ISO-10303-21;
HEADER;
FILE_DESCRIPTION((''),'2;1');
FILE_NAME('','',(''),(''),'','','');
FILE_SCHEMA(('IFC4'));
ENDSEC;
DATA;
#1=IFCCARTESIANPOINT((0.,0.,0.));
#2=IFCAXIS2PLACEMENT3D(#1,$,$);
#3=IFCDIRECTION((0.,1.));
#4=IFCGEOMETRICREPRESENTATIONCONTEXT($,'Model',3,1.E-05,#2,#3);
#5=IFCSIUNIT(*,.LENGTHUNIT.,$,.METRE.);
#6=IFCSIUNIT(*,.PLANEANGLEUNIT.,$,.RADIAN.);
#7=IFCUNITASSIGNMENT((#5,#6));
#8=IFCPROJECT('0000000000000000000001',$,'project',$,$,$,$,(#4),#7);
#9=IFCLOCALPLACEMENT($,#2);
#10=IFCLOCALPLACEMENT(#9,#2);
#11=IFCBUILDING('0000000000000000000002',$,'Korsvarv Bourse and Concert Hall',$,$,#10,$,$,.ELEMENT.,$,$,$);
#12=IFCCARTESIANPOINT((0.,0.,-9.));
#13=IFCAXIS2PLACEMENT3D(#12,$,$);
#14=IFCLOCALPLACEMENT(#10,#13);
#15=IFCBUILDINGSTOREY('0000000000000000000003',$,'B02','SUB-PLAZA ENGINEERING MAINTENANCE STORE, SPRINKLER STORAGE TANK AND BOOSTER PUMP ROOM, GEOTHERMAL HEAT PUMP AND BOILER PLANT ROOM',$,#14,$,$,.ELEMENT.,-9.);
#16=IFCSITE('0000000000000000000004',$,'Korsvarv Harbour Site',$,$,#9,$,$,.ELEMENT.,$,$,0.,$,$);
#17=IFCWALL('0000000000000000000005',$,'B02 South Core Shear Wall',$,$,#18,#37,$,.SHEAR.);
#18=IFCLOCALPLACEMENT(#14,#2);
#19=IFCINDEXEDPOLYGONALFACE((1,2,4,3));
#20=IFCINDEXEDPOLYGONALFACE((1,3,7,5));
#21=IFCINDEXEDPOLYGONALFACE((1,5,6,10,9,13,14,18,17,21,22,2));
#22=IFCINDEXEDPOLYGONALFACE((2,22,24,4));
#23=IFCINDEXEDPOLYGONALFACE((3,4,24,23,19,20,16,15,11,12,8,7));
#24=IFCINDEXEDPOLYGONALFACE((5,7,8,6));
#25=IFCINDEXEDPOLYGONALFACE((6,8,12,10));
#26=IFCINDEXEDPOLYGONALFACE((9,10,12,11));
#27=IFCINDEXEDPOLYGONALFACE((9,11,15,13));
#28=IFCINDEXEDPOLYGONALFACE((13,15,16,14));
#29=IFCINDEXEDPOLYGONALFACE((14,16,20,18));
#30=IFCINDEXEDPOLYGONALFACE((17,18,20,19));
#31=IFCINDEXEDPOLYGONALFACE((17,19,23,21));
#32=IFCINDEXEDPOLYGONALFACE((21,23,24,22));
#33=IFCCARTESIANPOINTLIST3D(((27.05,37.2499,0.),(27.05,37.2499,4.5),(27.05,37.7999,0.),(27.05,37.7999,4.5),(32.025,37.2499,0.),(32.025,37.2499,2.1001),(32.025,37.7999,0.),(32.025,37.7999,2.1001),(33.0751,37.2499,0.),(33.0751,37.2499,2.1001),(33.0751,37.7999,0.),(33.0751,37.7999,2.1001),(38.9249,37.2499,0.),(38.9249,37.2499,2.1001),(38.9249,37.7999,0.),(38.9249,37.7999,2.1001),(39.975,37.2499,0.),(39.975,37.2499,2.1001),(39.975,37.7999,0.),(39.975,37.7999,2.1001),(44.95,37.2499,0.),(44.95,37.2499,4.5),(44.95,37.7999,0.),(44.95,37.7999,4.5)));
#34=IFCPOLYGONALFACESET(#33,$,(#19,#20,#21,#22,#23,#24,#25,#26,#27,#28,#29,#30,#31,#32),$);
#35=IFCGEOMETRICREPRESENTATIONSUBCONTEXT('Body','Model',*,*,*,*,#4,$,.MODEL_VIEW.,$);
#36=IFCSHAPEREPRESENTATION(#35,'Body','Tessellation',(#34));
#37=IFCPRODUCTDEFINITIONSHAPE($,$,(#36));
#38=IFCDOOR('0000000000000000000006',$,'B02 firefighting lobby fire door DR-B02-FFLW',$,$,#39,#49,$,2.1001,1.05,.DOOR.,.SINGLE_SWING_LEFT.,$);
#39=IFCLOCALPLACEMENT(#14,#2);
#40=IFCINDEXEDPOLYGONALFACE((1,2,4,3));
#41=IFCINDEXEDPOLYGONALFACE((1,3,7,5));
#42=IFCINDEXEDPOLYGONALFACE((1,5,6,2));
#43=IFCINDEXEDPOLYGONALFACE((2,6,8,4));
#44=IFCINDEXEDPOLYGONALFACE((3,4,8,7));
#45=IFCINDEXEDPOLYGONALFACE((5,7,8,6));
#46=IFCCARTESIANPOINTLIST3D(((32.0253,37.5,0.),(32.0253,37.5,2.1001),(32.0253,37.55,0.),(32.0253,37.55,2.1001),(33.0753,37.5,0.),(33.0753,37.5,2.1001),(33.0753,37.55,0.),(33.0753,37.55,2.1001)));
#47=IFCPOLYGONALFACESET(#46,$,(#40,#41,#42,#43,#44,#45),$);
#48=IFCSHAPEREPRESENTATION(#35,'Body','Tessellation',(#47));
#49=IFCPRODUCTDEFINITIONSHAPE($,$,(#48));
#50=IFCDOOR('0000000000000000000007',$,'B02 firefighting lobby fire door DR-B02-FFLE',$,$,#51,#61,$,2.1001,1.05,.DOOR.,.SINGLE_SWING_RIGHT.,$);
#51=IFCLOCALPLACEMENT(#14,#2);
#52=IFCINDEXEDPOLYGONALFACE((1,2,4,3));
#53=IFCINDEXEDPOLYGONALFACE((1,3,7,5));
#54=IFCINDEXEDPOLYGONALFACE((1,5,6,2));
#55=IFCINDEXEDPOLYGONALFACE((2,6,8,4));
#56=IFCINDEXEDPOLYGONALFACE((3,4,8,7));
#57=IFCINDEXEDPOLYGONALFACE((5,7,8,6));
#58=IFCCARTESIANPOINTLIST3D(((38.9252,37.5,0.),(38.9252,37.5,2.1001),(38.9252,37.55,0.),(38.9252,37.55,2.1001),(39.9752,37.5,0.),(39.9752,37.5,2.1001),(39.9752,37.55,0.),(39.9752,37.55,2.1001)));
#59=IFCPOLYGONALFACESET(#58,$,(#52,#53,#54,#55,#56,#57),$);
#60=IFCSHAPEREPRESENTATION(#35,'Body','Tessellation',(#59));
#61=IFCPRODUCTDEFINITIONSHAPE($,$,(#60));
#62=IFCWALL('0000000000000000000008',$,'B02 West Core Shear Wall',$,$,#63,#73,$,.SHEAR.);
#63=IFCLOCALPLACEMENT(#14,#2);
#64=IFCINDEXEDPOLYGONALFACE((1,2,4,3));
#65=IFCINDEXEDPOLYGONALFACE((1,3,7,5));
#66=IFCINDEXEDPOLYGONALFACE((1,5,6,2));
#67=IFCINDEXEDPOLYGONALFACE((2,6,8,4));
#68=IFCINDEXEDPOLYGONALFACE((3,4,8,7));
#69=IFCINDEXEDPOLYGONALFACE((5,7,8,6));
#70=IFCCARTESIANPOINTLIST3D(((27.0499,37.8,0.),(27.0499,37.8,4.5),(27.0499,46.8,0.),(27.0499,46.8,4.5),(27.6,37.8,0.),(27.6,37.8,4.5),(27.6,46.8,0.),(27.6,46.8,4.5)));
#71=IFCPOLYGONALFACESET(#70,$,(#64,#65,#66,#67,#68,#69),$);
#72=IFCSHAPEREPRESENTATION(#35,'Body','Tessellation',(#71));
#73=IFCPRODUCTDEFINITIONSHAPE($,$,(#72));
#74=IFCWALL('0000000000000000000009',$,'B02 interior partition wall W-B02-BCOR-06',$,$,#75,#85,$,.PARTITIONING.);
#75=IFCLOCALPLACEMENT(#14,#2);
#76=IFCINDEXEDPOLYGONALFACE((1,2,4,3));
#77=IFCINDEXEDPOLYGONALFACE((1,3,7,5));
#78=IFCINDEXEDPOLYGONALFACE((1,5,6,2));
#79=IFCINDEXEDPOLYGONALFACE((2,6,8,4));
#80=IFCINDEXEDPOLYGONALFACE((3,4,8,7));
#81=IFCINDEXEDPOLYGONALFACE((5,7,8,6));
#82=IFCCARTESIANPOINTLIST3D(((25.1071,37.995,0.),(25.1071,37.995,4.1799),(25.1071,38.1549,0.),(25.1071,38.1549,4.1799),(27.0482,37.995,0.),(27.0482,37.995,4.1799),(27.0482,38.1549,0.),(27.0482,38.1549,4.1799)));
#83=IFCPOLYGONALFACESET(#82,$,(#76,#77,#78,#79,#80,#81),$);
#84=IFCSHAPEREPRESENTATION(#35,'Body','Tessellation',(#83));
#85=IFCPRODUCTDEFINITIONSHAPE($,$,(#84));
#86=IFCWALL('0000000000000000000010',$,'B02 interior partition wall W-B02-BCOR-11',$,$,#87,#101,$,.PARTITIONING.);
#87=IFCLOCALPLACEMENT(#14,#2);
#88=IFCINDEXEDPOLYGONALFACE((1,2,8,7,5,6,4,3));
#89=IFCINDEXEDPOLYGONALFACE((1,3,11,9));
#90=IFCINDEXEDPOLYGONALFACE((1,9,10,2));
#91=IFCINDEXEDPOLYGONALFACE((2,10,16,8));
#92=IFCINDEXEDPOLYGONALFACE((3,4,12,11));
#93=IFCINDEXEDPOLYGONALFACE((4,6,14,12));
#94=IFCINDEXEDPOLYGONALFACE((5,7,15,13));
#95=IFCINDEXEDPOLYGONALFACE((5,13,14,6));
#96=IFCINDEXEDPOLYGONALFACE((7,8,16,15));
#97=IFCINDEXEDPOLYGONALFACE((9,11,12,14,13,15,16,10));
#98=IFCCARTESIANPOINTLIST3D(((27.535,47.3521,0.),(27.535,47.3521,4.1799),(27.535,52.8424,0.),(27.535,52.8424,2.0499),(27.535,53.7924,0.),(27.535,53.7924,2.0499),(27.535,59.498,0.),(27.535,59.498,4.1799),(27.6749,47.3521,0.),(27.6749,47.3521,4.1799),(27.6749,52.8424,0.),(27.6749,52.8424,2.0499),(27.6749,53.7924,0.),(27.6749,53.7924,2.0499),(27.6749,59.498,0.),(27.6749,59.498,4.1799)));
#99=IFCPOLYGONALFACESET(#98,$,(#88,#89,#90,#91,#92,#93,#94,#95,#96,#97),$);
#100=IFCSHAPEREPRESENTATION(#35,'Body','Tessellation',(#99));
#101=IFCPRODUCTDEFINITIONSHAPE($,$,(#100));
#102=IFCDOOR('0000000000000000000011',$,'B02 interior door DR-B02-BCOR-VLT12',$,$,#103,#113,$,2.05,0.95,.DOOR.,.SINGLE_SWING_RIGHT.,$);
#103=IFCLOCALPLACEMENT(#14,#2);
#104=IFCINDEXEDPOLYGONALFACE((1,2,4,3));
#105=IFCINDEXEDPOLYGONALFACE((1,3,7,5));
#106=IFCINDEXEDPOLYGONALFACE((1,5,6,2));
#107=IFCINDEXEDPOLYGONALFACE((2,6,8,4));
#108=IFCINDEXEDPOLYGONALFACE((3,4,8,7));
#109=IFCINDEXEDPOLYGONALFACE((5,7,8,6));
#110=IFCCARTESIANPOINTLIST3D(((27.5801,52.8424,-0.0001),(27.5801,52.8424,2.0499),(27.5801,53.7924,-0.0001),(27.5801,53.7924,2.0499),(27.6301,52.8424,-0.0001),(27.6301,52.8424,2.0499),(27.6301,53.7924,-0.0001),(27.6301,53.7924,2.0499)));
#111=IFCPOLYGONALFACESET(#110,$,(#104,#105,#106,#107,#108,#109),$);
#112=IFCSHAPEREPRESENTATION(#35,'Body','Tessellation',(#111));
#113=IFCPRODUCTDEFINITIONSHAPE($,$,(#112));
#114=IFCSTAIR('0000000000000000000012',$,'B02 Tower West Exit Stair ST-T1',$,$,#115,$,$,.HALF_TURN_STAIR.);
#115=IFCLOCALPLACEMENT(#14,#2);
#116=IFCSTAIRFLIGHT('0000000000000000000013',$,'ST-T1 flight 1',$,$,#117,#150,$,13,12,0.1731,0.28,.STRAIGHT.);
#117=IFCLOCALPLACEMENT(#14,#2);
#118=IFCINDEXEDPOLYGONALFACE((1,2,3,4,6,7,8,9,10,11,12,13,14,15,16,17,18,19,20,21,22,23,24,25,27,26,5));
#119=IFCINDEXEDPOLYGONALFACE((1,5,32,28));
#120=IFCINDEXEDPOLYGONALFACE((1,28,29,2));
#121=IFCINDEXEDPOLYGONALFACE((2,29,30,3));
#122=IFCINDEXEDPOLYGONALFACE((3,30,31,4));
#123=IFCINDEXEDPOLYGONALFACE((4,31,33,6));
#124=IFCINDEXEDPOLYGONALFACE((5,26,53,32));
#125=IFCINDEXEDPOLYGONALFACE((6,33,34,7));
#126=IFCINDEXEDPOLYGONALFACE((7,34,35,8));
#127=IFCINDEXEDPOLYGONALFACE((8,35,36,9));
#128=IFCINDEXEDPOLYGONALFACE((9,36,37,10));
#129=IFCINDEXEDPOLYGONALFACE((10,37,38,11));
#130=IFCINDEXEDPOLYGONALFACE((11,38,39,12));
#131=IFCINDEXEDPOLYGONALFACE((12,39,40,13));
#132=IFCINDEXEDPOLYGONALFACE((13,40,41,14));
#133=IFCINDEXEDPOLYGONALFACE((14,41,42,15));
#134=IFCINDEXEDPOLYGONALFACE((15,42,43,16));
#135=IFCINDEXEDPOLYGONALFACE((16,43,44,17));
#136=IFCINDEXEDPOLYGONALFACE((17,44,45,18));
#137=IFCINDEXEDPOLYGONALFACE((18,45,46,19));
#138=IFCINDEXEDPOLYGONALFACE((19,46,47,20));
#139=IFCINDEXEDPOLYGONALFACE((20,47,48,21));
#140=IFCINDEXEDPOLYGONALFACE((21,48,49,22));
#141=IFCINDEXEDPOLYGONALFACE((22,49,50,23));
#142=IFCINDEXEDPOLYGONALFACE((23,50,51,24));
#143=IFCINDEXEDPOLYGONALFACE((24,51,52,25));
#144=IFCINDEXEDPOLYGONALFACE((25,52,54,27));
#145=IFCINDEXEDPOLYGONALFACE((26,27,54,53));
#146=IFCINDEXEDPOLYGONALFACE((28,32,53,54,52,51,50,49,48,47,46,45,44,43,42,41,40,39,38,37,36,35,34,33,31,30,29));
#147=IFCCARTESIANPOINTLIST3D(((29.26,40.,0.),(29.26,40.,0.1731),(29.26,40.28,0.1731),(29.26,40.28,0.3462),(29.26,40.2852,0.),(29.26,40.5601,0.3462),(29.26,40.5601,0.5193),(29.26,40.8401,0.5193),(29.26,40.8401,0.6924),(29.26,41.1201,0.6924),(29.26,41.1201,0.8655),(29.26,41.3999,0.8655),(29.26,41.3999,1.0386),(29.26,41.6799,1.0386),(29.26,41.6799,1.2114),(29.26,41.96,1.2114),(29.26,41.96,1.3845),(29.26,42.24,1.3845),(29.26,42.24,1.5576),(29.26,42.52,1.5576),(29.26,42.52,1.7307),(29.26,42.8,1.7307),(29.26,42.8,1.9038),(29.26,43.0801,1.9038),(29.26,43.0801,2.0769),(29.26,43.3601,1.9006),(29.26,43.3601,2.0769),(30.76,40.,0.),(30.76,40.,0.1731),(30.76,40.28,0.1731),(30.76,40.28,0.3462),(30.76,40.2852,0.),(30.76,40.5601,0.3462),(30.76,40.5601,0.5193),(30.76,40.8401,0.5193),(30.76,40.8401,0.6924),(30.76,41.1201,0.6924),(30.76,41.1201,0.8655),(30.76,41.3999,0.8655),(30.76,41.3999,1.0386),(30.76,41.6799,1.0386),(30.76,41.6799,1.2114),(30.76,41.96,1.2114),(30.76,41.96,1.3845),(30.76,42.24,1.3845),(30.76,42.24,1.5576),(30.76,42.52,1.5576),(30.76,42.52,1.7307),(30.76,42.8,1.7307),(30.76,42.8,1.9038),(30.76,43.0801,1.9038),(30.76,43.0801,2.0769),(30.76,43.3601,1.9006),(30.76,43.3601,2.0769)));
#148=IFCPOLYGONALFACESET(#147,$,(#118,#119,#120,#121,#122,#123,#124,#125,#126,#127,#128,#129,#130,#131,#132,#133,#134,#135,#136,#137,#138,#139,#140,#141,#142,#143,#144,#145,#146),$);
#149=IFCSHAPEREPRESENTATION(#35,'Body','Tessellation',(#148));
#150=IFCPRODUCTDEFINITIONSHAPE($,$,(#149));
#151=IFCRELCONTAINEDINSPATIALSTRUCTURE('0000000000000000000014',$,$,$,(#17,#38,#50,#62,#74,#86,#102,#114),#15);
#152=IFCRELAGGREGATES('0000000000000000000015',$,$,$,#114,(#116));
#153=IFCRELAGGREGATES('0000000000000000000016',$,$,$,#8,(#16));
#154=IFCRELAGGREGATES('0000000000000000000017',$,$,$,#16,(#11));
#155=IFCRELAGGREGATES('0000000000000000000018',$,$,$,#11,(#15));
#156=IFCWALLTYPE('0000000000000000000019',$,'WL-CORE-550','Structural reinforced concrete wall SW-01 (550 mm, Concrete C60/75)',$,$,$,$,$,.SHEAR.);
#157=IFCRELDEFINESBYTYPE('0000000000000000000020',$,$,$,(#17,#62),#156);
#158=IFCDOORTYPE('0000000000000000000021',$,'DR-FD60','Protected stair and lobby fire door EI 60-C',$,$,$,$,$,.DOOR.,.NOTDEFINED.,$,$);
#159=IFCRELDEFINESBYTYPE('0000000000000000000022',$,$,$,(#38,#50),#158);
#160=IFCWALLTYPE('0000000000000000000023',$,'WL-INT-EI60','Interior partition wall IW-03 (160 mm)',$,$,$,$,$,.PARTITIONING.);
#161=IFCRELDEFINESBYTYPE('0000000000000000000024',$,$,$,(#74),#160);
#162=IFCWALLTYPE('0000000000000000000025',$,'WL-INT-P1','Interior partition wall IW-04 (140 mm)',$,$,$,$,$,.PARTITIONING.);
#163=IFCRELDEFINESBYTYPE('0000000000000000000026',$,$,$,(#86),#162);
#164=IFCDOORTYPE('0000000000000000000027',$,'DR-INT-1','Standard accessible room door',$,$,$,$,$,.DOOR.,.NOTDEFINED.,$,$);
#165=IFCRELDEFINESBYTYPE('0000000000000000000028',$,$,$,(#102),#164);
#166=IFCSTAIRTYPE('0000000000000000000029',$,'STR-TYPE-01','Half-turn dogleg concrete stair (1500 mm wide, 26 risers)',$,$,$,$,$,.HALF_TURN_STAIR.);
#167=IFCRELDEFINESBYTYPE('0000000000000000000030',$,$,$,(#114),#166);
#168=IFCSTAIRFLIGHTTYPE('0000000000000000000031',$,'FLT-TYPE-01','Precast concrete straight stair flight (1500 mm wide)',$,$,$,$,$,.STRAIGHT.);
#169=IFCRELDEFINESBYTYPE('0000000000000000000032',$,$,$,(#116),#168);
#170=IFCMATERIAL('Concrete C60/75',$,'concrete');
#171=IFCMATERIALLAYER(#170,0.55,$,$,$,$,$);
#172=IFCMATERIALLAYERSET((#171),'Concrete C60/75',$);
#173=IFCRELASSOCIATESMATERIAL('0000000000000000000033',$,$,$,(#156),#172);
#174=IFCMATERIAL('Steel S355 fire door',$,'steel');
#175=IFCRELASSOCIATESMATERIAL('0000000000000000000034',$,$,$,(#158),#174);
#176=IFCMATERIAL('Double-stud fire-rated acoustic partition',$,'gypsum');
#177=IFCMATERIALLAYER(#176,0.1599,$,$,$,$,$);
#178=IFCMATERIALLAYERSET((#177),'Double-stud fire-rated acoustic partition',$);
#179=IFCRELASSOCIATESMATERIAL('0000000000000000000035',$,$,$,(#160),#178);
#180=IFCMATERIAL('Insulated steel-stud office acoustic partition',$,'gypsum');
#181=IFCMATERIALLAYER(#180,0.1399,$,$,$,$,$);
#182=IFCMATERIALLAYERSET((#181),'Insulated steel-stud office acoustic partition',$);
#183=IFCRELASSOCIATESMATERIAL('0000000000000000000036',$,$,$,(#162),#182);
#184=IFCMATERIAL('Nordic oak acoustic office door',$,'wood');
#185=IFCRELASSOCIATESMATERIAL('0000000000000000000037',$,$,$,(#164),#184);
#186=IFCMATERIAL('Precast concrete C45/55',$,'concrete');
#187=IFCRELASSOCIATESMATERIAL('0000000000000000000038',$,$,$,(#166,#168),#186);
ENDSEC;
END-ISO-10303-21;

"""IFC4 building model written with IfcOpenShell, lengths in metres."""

from ifc_helpers import new_model, si_unit, direction, frame, frame_2d, origin, place, context, subcontext, project, spatial, polyline, rectangle, outline, extrude, material, layer, layer_set, type_object, element, fill, aggregate, save


model = new_model("IFC4")

# Units and contexts
model_context = context("Model", 3, precision=1e-05, world=origin(), true_north=direction((0.0, 1.0)))
body_context = subcontext(model_context, "Body", "Model", "MODEL_VIEW")
ifc_project = project(units=[si_unit("LENGTHUNIT", "METRE"), si_unit("PLANEANGLEUNIT", "RADIAN")], contexts=[model_context])

# Site, building, storey
site_placement = place(None, origin())
site = spatial("IfcSite", under=ifc_project, at=site_placement, Name="Korsvarv Harbour Site", CompositionType="ELEMENT", RefElevation=0.0)
building_placement = place(site_placement, origin())
building = spatial("IfcBuilding", under=site, at=building_placement, Name="Korsvarv Bourse and Concert Hall", CompositionType="ELEMENT")
storey_placement = place(building_placement, frame((0.0, 0.0, -9.0)))
storey = spatial("IfcBuildingStorey", under=building, at=storey_placement, Name="B02", Description="SUB-PLAZA ENGINEERING MAINTENANCE STORE, SPRINKLER STORAGE TANK AND BOOSTER PUMP ROOM, GEOTHERMAL HEAT PUMP AND BOILER PLANT ROOM", CompositionType="ELEMENT", Elevation=-9.0)

# Shared definitions
ifc_material_1 = material(Name="Concrete C60/75", Category="concrete")

# Shared definitions
ifc_layer_1 = layer(ifc_material_1, 0.55)
ifc_layer_set_1 = layer_set([ifc_layer_1], Name="Concrete C60/75")
wall_type_1 = type_object("IfcWallType", Name="WL-CORE-550", Description="Structural reinforced concrete wall SW-01 (550 mm, Concrete C60/75)", PredefinedType="SHEAR", material=ifc_layer_set_1)

# Wall, openings, doors
wall_1_placement = place(storey_placement, frame((27.05, 37.5249, 0.0), z_axis=(0.0, 0.0, 1.0), x_axis=(1.0, 0.0, 0.0)))
wall_1 = element("IfcWall", 1, at=wall_1_placement, inside=storey, type_object=wall_type_1, Name="B02 South Core Shear Wall", PredefinedType="SHEAR", context=body_context, shape_type="SweptSolid", body=[
    extrude(rectangle(XDim=17.8999, YDim=0.55, at=frame_2d((8.95, 0.0))), origin(), (0.0, 0.0, 1.0), 4.5),
])
opening_1_placement = place(wall_1_placement, frame((4.9751, 0.0, 0.0)))
opening_1 = element("IfcOpeningElement", 2, at=opening_1_placement, cuts=wall_1, PredefinedType="OPENING", context=body_context, shape_type="SweptSolid", body=[
    extrude(rectangle(XDim=1.05, YDim=2.1001, at=frame_2d((0.5249, 1.05))), frame((0.0, 0.2852, 0.0), z_axis=(0.0, -1.0, 0.0), x_axis=(1.0, 0.0, 0.0)), (0.0, 0.0, 1.0), 0.5701),
])
opening_2_placement = place(wall_1_placement, frame((11.875, 0.0, 0.0)))
opening_2 = element("IfcOpeningElement", 3, at=opening_2_placement, cuts=wall_1, PredefinedType="OPENING", context=body_context, shape_type="SweptSolid", body=[
    extrude(rectangle(XDim=1.05, YDim=2.1001, at=frame_2d((0.5249, 1.05))), frame((0.0, 0.2852, 0.0), z_axis=(0.0, -1.0, 0.0), x_axis=(1.0, 0.0, 0.0)), (0.0, 0.0, 1.0), 0.5701),
])
ifc_material_2 = material(Name="Steel S355 fire door", Category="steel")
door_type_1 = type_object("IfcDoorType", Name="DR-FD60", Description="Protected stair and lobby fire door EI 60-C", OperationType="NOTDEFINED", PredefinedType="DOOR", material=ifc_material_2)
door_1_placement = place(opening_1_placement, frame((1.05, 0.0, 0.0), z_axis=(0.0, 0.0, 1.0), x_axis=(-1.0, 0.0, 0.0)))
door_1 = element("IfcDoor", 4, at=door_1_placement, inside=storey, type_object=door_type_1, Name="B02 firefighting lobby fire door DR-B02-FFLW", OperationType="SINGLE_SWING_LEFT", OverallHeight=2.1001, OverallWidth=1.05, PredefinedType="DOOR", context=body_context, shape_type="SweptSolid", body=[
    extrude(rectangle(XDim=1.05, YDim=2.1001, at=frame_2d((0.5249, 1.05))), frame((0.0, 0.0249, 0.0), z_axis=(0.0, -1.0, 0.0), x_axis=(1.0, 0.0, 0.0)), (0.0, 0.0, 1.0), 0.05),
])
fill(opening_1, door_1)
door_2_placement = place(opening_2_placement, frame((1.05, 0.0, 0.0), z_axis=(0.0, 0.0, 1.0), x_axis=(-1.0, 0.0, 0.0)))
door_2 = element("IfcDoor", 5, at=door_2_placement, inside=storey, type_object=door_type_1, Name="B02 firefighting lobby fire door DR-B02-FFLE", OperationType="SINGLE_SWING_RIGHT", OverallHeight=2.1001, OverallWidth=1.05, PredefinedType="DOOR", context=body_context, shape_type="SweptSolid", body=[
    extrude(rectangle(XDim=1.05, YDim=2.1001, at=frame_2d((0.5249, 1.05))), frame((0.0, 0.0249, 0.0), z_axis=(0.0, -1.0, 0.0), x_axis=(1.0, 0.0, 0.0)), (0.0, 0.0, 1.0), 0.05),
])
fill(opening_2, door_2)

# Walls
wall_2_placement = place(storey_placement, frame((27.325, 37.8, 0.0), z_axis=(0.0, 0.0, 1.0), x_axis=(0.0, 1.0, 0.0)))
element("IfcWall", 6, at=wall_2_placement, inside=storey, type_object=wall_type_1, Name="B02 West Core Shear Wall", PredefinedType="SHEAR", context=body_context, shape_type="SweptSolid", body=[
    extrude(rectangle(XDim=9.0, YDim=0.55, at=frame_2d((4.5, 0.0))), origin(), (0.0, 0.0, 1.0), 4.5),
])
ifc_material_3 = material(Name="Double-stud fire-rated acoustic partition", Category="gypsum")
ifc_layer_2 = layer(ifc_material_3, 0.1599)
ifc_layer_set_2 = layer_set([ifc_layer_2], Name="Double-stud fire-rated acoustic partition")
wall_type_2 = type_object("IfcWallType", Name="WL-INT-EI60", Description="Interior partition wall IW-03 (160 mm)", PredefinedType="PARTITIONING", material=ifc_layer_set_2)
wall_3_placement = place(storey_placement, frame((25.1069, 38.075, 0.0), z_axis=(0.0, 0.0, 1.0), x_axis=(1.0, 0.0, 0.0)))
element("IfcWall", 7, at=wall_3_placement, inside=storey, type_object=wall_type_2, Name="B02 interior partition wall W-B02-BCOR-06", PredefinedType="PARTITIONING", context=body_context, shape_type="SweptSolid", body=[
    extrude(rectangle(XDim=1.9412, YDim=0.1599, at=frame_2d((0.9707, 0.0))), origin(), (0.0, 0.0, 1.0), 4.1799),
])

# Wall, opening, door
ifc_material_4 = material(Name="Insulated steel-stud office acoustic partition", Category="gypsum")
ifc_layer_3 = layer(ifc_material_4, 0.1399)
ifc_layer_set_3 = layer_set([ifc_layer_3], Name="Insulated steel-stud office acoustic partition")
wall_type_3 = type_object("IfcWallType", Name="WL-INT-P1", Description="Interior partition wall IW-04 (140 mm)", PredefinedType="PARTITIONING", material=ifc_layer_set_3)
wall_4_placement = place(storey_placement, frame((27.605, 47.3521, 0.0), z_axis=(0.0, 0.0, 1.0), x_axis=(0.0, 1.0, 0.0)))
wall_4 = element("IfcWall", 8, at=wall_4_placement, inside=storey, type_object=wall_type_3, Name="B02 interior partition wall W-B02-BCOR-11", PredefinedType="PARTITIONING", context=body_context, shape_type="SweptSolid", body=[
    extrude(rectangle(XDim=12.146, YDim=0.1399, at=frame_2d((6.073, 0.0))), origin(), (0.0, 0.0, 1.0), 4.1799),
])
opening_3_placement = place(wall_4_placement, frame((5.4902, 0.0, 0.0)))
opening_3 = element("IfcOpeningElement", 9, at=opening_3_placement, cuts=wall_4, PredefinedType="OPENING", context=body_context, shape_type="SweptSolid", body=[
    extrude(rectangle(XDim=0.95, YDim=2.05, at=frame_2d((0.4751, 1.0249))), frame((0.0, 0.0801, 0.0), z_axis=(0.0, -1.0, 0.0), x_axis=(1.0, 0.0, 0.0)), (0.0, 0.0, 1.0), 0.1599),
])
ifc_material_5 = material(Name="Nordic oak acoustic office door", Category="wood")
door_type_2 = type_object("IfcDoorType", Name="DR-INT-1", Description="Standard accessible room door", OperationType="NOTDEFINED", PredefinedType="DOOR", material=ifc_material_5)
door_3_placement = place(opening_3_placement, origin())
door_3 = element("IfcDoor", 10, at=door_3_placement, inside=storey, type_object=door_type_2, Name="B02 interior door DR-B02-BCOR-VLT12", OperationType="SINGLE_SWING_RIGHT", OverallHeight=2.05, OverallWidth=0.95, PredefinedType="DOOR", context=body_context, shape_type="SweptSolid", body=[
    extrude(rectangle(XDim=0.95, YDim=2.05, at=frame_2d((0.4751, 1.0249))), frame((0.0, 0.0249, 0.0), z_axis=(0.0, -1.0, 0.0), x_axis=(1.0, 0.0, 0.0)), (0.0, 0.0, 1.0), 0.05),
])
fill(opening_3, door_3)

# Stair, stair flight
ifc_material_6 = material(Name="Precast concrete C45/55", Category="concrete")
stair_type = type_object("IfcStairType", Name="STR-TYPE-01", Description="Half-turn dogleg concrete stair (1500 mm wide, 26 risers)", PredefinedType="HALF_TURN_STAIR", material=ifc_material_6)
stair_placement = place(storey_placement, origin())
stair = element("IfcStair", 11, at=stair_placement, inside=storey, type_object=stair_type, Name="B02 Tower West Exit Stair ST-T1", PredefinedType="HALF_TURN_STAIR")
stair_flight_type = type_object("IfcStairFlightType", Name="FLT-TYPE-01", Description="Precast concrete straight stair flight (1500 mm wide)", PredefinedType="STRAIGHT", material=ifc_material_6)
stair_flight_1_placement = place(storey_placement, frame((30.01, 40.0, 0.0), z_axis=(0.0, 0.0, 1.0), x_axis=(0.0, 1.0, 0.0)))
stair_flight_1 = element("IfcStairFlight", 12, at=stair_flight_1_placement, type_object=stair_flight_type, Name="ST-T1 flight 1", NumberOfRisers=13, NumberOfTreads=12, PredefinedType="STRAIGHT", RiserHeight=0.1731, TreadLength=0.28, context=body_context, shape_type="SweptSolid", body=[
    extrude(outline(polyline([(0.0, 0.0), (0.0, 0.1731), (0.28, 0.1731), (0.28, 0.3462), (0.5601, 0.3462), (0.5601, 0.5193), (0.8401, 0.5193), (0.8401, 0.6924), (1.1201, 0.6924), (1.1201, 0.8655), (1.3999, 0.8655), (1.3999, 1.0386), (1.6799, 1.0386), (1.6799, 1.2114), (1.96, 1.2114), (1.96, 1.3845), (2.24, 1.3845), (2.24, 1.5576), (2.52, 1.5576), (2.52, 1.7307), (2.8, 1.7307), (2.8, 1.9038), (3.0801, 1.9038), (3.0801, 2.0769), (3.3601, 2.0769), (3.3601, 2.25), (3.3601, 1.9006), (0.2852, 0.0), (0.0, 0.0)])), frame((0.0, 0.75, 0.0), z_axis=(0.0, -1.0, 0.0), x_axis=(1.0, 0.0, 0.0)), (0.0, 0.0, 1.0), 1.5),
])
aggregate(stair, [stair_flight_1])

save(model, "model.ifc")
